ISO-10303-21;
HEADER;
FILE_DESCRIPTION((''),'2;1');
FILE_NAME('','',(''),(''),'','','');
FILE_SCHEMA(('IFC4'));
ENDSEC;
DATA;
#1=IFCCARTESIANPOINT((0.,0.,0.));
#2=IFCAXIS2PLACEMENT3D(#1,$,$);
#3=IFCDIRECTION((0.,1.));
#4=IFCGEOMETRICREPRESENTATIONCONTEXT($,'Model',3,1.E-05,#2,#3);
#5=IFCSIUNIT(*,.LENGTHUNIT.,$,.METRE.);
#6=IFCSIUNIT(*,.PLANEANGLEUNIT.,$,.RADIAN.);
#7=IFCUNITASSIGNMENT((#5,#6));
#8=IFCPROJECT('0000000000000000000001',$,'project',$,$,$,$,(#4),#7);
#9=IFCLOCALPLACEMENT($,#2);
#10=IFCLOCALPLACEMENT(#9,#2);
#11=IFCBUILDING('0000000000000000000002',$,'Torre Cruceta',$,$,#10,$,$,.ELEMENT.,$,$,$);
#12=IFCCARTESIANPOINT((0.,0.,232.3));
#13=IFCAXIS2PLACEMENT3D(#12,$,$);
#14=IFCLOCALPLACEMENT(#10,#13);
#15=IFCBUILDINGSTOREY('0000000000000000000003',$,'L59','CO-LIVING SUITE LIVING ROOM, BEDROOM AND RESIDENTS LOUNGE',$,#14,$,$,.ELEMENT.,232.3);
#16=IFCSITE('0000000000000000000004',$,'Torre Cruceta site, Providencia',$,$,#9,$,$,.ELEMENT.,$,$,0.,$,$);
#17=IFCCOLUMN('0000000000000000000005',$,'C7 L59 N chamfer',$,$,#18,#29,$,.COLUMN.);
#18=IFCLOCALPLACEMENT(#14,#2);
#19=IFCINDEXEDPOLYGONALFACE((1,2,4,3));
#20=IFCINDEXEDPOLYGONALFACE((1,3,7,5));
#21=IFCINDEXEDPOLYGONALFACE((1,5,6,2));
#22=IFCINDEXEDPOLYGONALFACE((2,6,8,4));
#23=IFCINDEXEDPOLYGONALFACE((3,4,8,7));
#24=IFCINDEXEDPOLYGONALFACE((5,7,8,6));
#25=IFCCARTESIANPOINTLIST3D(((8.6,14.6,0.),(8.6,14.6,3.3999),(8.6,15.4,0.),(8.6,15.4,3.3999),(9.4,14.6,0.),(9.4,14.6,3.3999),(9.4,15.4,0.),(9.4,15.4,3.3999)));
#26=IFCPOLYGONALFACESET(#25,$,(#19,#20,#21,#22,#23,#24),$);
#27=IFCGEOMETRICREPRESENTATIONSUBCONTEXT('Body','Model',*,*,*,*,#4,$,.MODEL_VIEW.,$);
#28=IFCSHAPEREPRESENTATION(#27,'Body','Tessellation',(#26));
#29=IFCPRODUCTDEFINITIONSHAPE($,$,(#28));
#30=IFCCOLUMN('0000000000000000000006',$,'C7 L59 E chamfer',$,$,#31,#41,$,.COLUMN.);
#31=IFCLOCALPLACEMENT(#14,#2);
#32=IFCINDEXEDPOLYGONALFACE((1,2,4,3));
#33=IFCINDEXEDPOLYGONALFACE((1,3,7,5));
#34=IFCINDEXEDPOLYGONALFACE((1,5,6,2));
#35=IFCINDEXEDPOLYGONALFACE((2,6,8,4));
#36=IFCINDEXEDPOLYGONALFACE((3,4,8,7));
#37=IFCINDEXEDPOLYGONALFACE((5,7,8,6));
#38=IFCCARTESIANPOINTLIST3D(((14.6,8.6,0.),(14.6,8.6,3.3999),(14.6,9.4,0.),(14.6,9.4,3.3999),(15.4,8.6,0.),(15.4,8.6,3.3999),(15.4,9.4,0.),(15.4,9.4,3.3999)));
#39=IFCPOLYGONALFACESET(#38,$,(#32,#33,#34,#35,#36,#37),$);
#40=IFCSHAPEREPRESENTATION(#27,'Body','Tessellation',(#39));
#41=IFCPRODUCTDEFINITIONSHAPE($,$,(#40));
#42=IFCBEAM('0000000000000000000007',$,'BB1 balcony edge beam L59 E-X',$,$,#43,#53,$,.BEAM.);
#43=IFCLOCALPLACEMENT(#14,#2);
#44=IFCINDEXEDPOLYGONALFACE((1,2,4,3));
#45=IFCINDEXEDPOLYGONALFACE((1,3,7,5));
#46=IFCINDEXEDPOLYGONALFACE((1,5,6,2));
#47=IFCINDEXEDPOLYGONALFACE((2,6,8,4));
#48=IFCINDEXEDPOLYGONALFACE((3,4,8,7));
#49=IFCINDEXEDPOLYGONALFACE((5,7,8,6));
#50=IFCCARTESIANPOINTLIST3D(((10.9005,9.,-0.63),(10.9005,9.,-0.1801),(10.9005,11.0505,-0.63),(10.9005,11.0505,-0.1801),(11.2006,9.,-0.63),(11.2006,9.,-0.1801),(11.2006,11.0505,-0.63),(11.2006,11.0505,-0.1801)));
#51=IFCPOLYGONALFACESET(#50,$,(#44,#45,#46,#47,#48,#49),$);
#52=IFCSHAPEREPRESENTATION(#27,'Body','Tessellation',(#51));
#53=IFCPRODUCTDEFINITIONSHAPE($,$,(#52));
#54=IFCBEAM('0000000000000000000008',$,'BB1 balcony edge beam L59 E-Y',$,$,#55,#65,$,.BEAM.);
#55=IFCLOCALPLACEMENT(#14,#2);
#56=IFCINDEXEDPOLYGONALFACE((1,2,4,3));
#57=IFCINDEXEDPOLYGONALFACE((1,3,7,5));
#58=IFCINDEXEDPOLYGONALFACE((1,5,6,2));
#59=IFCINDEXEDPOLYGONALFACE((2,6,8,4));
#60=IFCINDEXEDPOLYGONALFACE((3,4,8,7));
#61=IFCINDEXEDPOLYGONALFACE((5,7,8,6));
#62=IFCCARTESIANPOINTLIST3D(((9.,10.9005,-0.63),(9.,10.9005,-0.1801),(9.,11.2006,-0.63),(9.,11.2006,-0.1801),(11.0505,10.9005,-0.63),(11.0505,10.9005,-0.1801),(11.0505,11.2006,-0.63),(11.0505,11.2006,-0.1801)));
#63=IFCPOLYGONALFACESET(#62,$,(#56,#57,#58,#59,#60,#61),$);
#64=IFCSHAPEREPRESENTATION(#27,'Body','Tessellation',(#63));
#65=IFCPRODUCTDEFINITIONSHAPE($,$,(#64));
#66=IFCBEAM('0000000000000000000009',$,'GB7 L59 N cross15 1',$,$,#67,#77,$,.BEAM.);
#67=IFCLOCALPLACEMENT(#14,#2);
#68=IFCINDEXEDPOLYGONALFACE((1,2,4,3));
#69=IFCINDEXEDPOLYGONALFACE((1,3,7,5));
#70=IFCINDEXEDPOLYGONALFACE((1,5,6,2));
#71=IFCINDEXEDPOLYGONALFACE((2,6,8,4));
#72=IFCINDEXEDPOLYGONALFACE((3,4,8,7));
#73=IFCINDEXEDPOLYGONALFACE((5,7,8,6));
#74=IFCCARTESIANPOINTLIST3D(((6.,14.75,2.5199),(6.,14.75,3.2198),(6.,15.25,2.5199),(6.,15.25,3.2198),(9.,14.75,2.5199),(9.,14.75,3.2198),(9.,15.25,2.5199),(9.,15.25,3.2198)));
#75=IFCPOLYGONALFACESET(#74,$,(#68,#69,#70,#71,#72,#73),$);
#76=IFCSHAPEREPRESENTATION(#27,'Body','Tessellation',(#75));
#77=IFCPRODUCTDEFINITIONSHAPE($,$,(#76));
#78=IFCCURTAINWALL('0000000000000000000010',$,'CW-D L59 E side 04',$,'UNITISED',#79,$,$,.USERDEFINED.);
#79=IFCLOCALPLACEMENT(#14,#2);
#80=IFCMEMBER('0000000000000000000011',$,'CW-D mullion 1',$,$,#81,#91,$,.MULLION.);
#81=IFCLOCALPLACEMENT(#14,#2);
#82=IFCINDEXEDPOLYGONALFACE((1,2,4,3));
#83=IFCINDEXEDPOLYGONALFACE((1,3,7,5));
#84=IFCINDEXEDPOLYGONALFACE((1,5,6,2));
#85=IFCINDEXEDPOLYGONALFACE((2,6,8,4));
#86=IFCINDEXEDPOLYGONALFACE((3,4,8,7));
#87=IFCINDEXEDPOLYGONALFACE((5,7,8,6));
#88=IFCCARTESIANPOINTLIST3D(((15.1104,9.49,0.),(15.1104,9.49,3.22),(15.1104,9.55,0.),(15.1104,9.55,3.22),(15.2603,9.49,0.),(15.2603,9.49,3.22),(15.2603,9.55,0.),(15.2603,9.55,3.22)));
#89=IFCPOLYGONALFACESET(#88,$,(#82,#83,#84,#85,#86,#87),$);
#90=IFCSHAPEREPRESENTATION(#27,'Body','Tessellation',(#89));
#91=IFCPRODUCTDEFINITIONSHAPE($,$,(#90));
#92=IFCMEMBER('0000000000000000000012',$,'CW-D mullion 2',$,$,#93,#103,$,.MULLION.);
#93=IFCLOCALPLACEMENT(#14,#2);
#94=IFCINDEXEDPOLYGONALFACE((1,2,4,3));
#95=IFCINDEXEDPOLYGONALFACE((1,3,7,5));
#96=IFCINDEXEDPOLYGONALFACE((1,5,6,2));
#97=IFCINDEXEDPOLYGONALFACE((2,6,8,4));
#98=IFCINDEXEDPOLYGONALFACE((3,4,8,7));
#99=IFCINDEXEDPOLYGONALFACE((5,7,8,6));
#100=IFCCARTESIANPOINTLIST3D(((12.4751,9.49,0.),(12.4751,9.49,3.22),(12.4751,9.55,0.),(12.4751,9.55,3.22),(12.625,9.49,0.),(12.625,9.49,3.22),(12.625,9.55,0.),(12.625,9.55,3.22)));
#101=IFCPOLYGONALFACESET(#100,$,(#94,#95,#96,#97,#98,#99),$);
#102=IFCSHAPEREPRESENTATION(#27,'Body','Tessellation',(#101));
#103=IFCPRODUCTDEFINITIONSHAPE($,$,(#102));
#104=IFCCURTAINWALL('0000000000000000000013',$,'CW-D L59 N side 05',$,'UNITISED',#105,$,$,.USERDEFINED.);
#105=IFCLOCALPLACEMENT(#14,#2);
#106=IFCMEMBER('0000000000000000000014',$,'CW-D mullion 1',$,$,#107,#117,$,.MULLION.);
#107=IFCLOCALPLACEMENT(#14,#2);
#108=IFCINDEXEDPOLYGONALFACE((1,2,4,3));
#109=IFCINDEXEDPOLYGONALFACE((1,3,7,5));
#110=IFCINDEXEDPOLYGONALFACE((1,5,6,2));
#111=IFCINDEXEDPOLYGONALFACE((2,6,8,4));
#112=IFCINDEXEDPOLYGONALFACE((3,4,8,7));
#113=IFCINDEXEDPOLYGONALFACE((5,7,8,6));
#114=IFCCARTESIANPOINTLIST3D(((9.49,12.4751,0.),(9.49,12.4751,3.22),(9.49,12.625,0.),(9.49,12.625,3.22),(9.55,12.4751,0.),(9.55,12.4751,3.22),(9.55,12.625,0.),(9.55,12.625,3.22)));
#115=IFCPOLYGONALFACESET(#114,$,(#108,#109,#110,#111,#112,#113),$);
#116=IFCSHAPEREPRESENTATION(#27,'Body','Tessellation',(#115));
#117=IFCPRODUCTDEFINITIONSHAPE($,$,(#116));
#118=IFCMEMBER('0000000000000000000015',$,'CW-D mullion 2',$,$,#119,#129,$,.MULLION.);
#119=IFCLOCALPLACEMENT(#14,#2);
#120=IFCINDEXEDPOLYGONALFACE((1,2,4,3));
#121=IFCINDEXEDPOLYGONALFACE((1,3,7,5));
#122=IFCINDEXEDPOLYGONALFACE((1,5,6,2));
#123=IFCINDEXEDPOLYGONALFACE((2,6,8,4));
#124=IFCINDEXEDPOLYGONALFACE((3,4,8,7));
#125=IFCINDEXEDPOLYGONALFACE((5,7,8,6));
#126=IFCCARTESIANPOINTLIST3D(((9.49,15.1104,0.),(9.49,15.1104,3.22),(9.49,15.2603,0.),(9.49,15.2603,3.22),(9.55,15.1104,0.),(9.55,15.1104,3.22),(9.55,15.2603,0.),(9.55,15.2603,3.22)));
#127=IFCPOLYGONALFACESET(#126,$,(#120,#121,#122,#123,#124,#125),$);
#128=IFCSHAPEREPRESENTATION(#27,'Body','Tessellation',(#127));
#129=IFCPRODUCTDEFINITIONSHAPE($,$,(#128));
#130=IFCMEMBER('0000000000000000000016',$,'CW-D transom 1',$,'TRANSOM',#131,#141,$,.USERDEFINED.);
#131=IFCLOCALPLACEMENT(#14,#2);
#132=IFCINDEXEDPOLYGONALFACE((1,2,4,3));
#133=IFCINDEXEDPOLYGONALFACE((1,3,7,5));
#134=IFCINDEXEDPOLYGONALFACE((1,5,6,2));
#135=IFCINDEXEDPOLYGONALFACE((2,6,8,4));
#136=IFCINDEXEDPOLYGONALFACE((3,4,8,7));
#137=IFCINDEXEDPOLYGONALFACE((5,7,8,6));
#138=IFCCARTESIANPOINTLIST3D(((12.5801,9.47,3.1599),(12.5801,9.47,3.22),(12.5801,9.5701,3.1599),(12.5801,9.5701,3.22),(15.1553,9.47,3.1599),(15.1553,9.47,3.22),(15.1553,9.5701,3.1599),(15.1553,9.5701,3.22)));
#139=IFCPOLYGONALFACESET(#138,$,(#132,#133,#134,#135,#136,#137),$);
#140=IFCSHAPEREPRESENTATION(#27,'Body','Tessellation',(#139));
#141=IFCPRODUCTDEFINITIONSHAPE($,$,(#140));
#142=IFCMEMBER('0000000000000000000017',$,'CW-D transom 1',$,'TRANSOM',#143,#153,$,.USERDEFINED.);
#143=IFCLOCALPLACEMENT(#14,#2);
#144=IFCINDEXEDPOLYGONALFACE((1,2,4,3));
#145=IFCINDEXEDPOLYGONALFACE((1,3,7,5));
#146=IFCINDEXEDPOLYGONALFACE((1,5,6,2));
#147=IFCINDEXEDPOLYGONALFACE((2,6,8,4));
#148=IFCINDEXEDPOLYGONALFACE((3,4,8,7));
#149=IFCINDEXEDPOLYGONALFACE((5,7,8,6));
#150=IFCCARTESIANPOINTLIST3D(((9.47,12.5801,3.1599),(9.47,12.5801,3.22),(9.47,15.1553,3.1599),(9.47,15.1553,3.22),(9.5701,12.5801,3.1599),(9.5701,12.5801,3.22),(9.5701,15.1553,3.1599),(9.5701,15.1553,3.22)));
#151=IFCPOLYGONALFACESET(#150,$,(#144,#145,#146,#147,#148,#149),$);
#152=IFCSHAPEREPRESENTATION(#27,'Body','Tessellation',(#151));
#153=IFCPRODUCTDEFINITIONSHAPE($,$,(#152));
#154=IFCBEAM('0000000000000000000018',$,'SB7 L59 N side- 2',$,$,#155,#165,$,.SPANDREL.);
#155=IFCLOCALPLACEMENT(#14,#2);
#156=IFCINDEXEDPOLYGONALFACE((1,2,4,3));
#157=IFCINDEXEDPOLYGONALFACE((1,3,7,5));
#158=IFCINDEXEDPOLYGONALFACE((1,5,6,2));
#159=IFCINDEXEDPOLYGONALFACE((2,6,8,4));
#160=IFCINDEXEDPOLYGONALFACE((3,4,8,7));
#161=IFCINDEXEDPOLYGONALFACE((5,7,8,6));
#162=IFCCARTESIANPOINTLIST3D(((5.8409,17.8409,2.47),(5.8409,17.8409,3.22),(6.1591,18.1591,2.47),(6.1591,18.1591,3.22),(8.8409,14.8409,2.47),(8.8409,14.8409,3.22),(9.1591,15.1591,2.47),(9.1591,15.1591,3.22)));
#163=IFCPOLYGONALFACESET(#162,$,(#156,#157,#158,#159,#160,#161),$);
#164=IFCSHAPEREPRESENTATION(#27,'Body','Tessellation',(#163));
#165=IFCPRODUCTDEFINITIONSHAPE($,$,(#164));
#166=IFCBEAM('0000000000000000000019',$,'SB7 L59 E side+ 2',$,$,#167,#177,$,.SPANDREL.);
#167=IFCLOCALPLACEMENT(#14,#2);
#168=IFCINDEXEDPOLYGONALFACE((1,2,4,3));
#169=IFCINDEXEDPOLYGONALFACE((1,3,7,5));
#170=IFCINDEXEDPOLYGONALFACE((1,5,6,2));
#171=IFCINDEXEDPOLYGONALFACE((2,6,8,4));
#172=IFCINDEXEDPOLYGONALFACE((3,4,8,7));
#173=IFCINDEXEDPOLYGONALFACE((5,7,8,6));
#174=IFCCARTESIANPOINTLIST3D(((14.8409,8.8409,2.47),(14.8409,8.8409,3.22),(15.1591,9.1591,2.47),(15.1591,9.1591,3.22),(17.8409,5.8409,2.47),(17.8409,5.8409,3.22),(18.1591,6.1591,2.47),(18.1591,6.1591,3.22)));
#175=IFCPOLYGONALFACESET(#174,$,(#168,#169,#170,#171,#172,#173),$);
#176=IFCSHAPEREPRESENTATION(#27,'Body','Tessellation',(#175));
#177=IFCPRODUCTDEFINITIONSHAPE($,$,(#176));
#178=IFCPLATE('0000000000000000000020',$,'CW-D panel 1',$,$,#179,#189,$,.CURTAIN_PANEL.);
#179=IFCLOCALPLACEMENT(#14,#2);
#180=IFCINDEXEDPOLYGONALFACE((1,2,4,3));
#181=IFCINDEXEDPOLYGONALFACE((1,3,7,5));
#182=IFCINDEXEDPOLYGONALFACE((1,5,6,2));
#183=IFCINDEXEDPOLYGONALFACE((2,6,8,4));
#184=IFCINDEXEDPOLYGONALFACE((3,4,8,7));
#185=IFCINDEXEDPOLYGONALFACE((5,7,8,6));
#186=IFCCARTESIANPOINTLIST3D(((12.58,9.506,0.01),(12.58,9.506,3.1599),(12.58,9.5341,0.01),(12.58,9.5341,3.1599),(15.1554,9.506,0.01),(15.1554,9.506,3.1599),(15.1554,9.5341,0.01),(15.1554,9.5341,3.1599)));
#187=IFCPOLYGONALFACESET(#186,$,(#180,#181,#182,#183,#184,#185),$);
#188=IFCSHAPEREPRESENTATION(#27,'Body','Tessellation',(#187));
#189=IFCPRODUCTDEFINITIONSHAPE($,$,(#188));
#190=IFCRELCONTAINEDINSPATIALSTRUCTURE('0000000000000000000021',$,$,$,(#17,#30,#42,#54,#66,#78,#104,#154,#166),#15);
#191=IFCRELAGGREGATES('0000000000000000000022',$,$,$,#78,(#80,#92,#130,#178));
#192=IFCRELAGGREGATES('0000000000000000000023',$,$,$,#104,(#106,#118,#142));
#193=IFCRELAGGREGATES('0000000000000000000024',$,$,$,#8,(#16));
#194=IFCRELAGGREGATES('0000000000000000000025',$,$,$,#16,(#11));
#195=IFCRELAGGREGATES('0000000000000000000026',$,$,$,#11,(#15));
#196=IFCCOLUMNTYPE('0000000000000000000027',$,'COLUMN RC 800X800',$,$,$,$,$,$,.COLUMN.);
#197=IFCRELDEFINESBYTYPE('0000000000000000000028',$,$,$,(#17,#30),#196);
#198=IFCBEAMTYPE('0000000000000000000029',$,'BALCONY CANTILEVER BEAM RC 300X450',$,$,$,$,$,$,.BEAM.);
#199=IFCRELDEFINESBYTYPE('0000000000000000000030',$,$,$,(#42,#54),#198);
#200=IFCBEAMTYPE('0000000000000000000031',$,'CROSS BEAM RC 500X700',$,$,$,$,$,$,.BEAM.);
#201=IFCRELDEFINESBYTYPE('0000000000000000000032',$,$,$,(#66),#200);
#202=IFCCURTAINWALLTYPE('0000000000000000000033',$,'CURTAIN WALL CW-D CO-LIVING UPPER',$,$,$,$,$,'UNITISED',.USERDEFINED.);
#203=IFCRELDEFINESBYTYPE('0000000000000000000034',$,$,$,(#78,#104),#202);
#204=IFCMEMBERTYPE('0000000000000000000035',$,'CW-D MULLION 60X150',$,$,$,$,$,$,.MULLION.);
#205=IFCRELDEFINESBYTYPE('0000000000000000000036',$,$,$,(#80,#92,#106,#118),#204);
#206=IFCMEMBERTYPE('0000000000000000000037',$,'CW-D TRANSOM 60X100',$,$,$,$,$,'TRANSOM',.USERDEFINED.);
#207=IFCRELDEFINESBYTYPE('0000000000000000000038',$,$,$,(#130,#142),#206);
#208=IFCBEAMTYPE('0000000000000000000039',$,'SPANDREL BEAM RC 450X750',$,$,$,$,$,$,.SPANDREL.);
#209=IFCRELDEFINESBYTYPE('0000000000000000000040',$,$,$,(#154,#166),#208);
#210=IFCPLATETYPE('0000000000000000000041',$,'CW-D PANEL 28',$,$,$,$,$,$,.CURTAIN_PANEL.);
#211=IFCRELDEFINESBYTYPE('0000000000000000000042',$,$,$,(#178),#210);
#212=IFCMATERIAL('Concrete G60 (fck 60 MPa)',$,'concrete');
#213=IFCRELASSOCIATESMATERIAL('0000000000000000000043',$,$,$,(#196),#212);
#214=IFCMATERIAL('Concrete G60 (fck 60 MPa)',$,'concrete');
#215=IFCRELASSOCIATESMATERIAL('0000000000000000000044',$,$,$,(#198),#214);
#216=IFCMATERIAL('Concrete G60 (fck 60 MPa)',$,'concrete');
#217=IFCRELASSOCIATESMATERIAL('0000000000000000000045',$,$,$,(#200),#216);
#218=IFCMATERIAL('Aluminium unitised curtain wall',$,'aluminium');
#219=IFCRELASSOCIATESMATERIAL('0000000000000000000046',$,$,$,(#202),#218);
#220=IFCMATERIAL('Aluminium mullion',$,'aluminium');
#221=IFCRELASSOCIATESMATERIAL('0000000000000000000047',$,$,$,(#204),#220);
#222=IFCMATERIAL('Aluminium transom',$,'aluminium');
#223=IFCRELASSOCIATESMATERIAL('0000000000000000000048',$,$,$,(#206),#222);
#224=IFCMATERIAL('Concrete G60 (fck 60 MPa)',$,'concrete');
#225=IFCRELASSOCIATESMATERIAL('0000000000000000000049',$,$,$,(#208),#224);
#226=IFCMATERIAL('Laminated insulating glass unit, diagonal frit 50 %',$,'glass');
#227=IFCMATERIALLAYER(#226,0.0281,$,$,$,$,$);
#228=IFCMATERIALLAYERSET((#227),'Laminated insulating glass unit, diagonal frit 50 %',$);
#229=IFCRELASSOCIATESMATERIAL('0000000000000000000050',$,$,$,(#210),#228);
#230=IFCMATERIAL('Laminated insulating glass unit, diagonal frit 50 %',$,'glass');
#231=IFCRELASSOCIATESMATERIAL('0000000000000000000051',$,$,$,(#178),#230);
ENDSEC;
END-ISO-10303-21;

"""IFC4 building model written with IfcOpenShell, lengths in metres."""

from ifc_helpers import new_model, si_unit, direction, frame, origin, origin_2d, place, context, subcontext, project, spatial, rectangle, extrude, material, layer, layer_set, material_profile, profile_set, type_object, element, aggregate, save


model = new_model("IFC4")

# Units and contexts
model_context = context("Model", 3, precision=1e-05, world=origin(), true_north=direction((0.0, 1.0)))
body_context = subcontext(model_context, "Body", "Model", "MODEL_VIEW")
ifc_project = project(units=[si_unit("LENGTHUNIT", "METRE"), si_unit("PLANEANGLEUNIT", "RADIAN")], contexts=[model_context])

# Site, building, storey
site_placement = place(None, origin())
site = spatial("IfcSite", under=ifc_project, at=site_placement, Name="Torre Cruceta site, Providencia", CompositionType="ELEMENT", RefElevation=0.0)
building_placement = place(site_placement, origin())
building = spatial("IfcBuilding", under=site, at=building_placement, Name="Torre Cruceta", CompositionType="ELEMENT")
storey_placement = place(building_placement, frame((0.0, 0.0, 232.3)))
storey = spatial("IfcBuildingStorey", under=building, at=storey_placement, Name="L59", Description="CO-LIVING SUITE LIVING ROOM, BEDROOM AND RESIDENTS LOUNGE", CompositionType="ELEMENT", Elevation=232.3)

# Columns
ifc_material_1 = material(Name="Concrete G60 (fck 60 MPa)", Category="concrete")
ifc_material_profile_1 = material_profile(ifc_material_1, rectangle(XDim=0.8, YDim=0.8, at=origin_2d()), Name="RC 800X800")
ifc_profile_set_1 = profile_set([ifc_material_profile_1], Name="Concrete G60 (fck 60 MPa)")
column_type = type_object("IfcColumnType", Name="COLUMN RC 800X800", PredefinedType="COLUMN", material=ifc_profile_set_1)
for number, where, z_axis, x_axis, name in (
    (1, (9.0, 15.0, 0.0), (0.0, 0.0, 1.0), (1.0, 0.0, 0.0), "C7 L59 N chamfer"),
    (2, (15.0, 9.0, 0.0), (0.0, 0.0, 1.0), (1.0, 0.0, 0.0), "C7 L59 E chamfer"),
):
    element("IfcColumn", number, at=place(storey_placement, frame(where, z_axis=z_axis, x_axis=x_axis)), inside=storey, type_object=column_type, Name=name, PredefinedType="COLUMN", context=body_context, shape_type="SweptSolid", body=[
        extrude(rectangle(XDim=0.8, YDim=0.8, at=origin_2d()), origin(), (0.0, 0.0, 1.0), 3.3999),
    ])

# Beams
ifc_material_2 = material(Name="Concrete G60 (fck 60 MPa)", Category="concrete")
ifc_material_profile_2 = material_profile(ifc_material_2, rectangle(XDim=0.3, YDim=0.45, at=origin_2d()), Name="RC 300X450")
ifc_profile_set_2 = profile_set([ifc_material_profile_2], Name="Concrete G60 (fck 60 MPa)")
beam_type_1 = type_object("IfcBeamType", Name="BALCONY CANTILEVER BEAM RC 300X450", PredefinedType="BEAM", material=ifc_profile_set_2)
for number, where, z_axis, x_axis, name in (
    (3, (11.0505, 9.0, -0.405), (0.0, 1.0, 0.0), (-1.0, 0.0, 0.0), "BB1 balcony edge beam L59 E-X"),
    (4, (9.0, 11.0505, -0.405), (1.0, 0.0, 0.0), (0.0, 1.0, 0.0), "BB1 balcony edge beam L59 E-Y"),
):
    element("IfcBeam", number, at=place(storey_placement, frame(where, z_axis=z_axis, x_axis=x_axis)), inside=storey, type_object=beam_type_1, Name=name, PredefinedType="BEAM", context=body_context, shape_type="SweptSolid", body=[
        extrude(rectangle(XDim=0.3, YDim=0.45, at=origin_2d()), origin(), (0.0, 0.0, 1.0), 2.0505),
    ])
ifc_material_3 = material(Name="Concrete G60 (fck 60 MPa)", Category="concrete")
ifc_material_profile_3 = material_profile(ifc_material_3, rectangle(XDim=0.5, YDim=0.7, at=origin_2d()), Name="RC 500X700")
ifc_profile_set_3 = profile_set([ifc_material_profile_3], Name="Concrete G60 (fck 60 MPa)")
beam_type_2 = type_object("IfcBeamType", Name="CROSS BEAM RC 500X700", PredefinedType="BEAM", material=ifc_profile_set_3)
beam_placement = place(storey_placement, frame((9.0, 15.0, 2.8699), z_axis=(-1.0, 0.0, 0.0), x_axis=(0.0, -1.0, 0.0)))
element("IfcBeam", 5, at=beam_placement, inside=storey, type_object=beam_type_2, Name="GB7 L59 N cross15 1", PredefinedType="BEAM", context=body_context, shape_type="SweptSolid", body=[
    extrude(rectangle(XDim=0.5, YDim=0.7, at=origin_2d()), origin(), (0.0, 0.0, 1.0), 3.0),
])

# Curtain walls, members
ifc_material_4 = material(Name="Aluminium unitised curtain wall", Category="aluminium")
curtain_wall_type = type_object("IfcCurtainWallType", Name="CURTAIN WALL CW-D CO-LIVING UPPER", ElementType="UNITISED", PredefinedType="USERDEFINED", material=ifc_material_4)
curtain_wall_1_placement = place(storey_placement, origin())
curtain_wall_1 = element("IfcCurtainWall", 6, at=curtain_wall_1_placement, inside=storey, type_object=curtain_wall_type, Name="CW-D L59 E side 04", ObjectType="UNITISED", PredefinedType="USERDEFINED")
ifc_material_5 = material(Name="Aluminium mullion", Category="aluminium")
ifc_material_profile_4 = material_profile(ifc_material_5, rectangle(XDim=0.0601, YDim=0.1499, at=origin_2d()), Name="AL 60X150")
ifc_profile_set_4 = profile_set([ifc_material_profile_4], Name="Aluminium mullion")
member_type_1 = type_object("IfcMemberType", Name="CW-D MULLION 60X150", PredefinedType="MULLION", material=ifc_profile_set_4)
member_1_placement = place(storey_placement, frame((15.1853, 9.52, 0.0), z_axis=(0.0, 0.0, 1.0), x_axis=(0.0, -1.0, 0.0)))
member_1 = element("IfcMember", 7, at=member_1_placement, type_object=member_type_1, Name="CW-D mullion 1", PredefinedType="MULLION", context=body_context, shape_type="SweptSolid", body=[
    extrude(rectangle(XDim=0.0601, YDim=0.1499, at=origin_2d()), origin(), (0.0, 0.0, 1.0), 3.22),
])
member_2_placement = place(storey_placement, frame((12.55, 9.52, 0.0), z_axis=(0.0, 0.0, 1.0), x_axis=(0.0, -1.0, 0.0)))
member_2 = element("IfcMember", 8, at=member_2_placement, type_object=member_type_1, Name="CW-D mullion 2", PredefinedType="MULLION", context=body_context, shape_type="SweptSolid", body=[
    extrude(rectangle(XDim=0.0601, YDim=0.1499, at=origin_2d()), origin(), (0.0, 0.0, 1.0), 3.22),
])
curtain_wall_2_placement = place(storey_placement, origin())
curtain_wall_2 = element("IfcCurtainWall", 9, at=curtain_wall_2_placement, inside=storey, type_object=curtain_wall_type, Name="CW-D L59 N side 05", ObjectType="UNITISED", PredefinedType="USERDEFINED")
member_3_placement = place(storey_placement, frame((9.52, 12.55, 0.0), z_axis=(0.0, 0.0, 1.0), x_axis=(-1.0, 0.0, 0.0)))
member_3 = element("IfcMember", 10, at=member_3_placement, type_object=member_type_1, Name="CW-D mullion 1", PredefinedType="MULLION", context=body_context, shape_type="SweptSolid", body=[
    extrude(rectangle(XDim=0.0601, YDim=0.1499, at=origin_2d()), origin(), (0.0, 0.0, 1.0), 3.22),
])
member_4_placement = place(storey_placement, frame((9.52, 15.1853, 0.0), z_axis=(0.0, 0.0, 1.0), x_axis=(-1.0, 0.0, 0.0)))
member_4 = element("IfcMember", 11, at=member_4_placement, type_object=member_type_1, Name="CW-D mullion 2", PredefinedType="MULLION", context=body_context, shape_type="SweptSolid", body=[
    extrude(rectangle(XDim=0.0601, YDim=0.1499, at=origin_2d()), origin(), (0.0, 0.0, 1.0), 3.22),
])

# Members
ifc_material_6 = material(Name="Aluminium transom", Category="aluminium")
ifc_material_profile_5 = material_profile(ifc_material_6, rectangle(XDim=0.1001, YDim=0.0601, at=origin_2d()), Name="AL 100X60")
ifc_profile_set_5 = profile_set([ifc_material_profile_5], Name="Aluminium transom")
member_type_2 = type_object("IfcMemberType", Name="CW-D TRANSOM 60X100", ElementType="TRANSOM", PredefinedType="USERDEFINED", material=ifc_profile_set_5)
member_5_placement = place(storey_placement, frame((15.1553, 9.52, 3.1899), z_axis=(-1.0, 0.0, 0.0), x_axis=(0.0, -1.0, 0.0)))
member_5 = element("IfcMember", 12, at=member_5_placement, type_object=member_type_2, Name="CW-D transom 1", ObjectType="TRANSOM", PredefinedType="USERDEFINED", context=body_context, shape_type="SweptSolid", body=[
    extrude(rectangle(XDim=0.1001, YDim=0.0601, at=origin_2d()), origin(), (0.0, 0.0, 1.0), 2.5752),
])
member_6_placement = place(storey_placement, frame((9.52, 12.5801, 3.1899), z_axis=(0.0, 1.0, 0.0), x_axis=(-1.0, 0.0, 0.0)))
member_6 = element("IfcMember", 13, at=member_6_placement, type_object=member_type_2, Name="CW-D transom 1", ObjectType="TRANSOM", PredefinedType="USERDEFINED", context=body_context, shape_type="SweptSolid", body=[
    extrude(rectangle(XDim=0.1001, YDim=0.0601, at=origin_2d()), origin(), (0.0, 0.0, 1.0), 2.5752),
])

# Beams
ifc_material_7 = material(Name="Concrete G60 (fck 60 MPa)", Category="concrete")
ifc_material_profile_6 = material_profile(ifc_material_7, rectangle(XDim=0.45, YDim=0.75, at=origin_2d()), Name="RC 450X750")
ifc_profile_set_6 = profile_set([ifc_material_profile_6], Name="Concrete G60 (fck 60 MPa)")
beam_type_3 = type_object("IfcBeamType", Name="SPANDREL BEAM RC 450X750", PredefinedType="SPANDREL", material=ifc_profile_set_6)
for number, where, z_axis, x_axis, name in (
    (14, (9.0, 15.0, 2.845), (-0.707107, 0.707107, 0.0), (-0.707107, -0.707107, 0.0), "SB7 L59 N side- 2"),
    (15, (15.0, 9.0, 2.845), (0.707107, -0.707107, 0.0), (0.707107, 0.707107, 0.0), "SB7 L59 E side+ 2"),
):
    element("IfcBeam", number, at=place(storey_placement, frame(where, z_axis=z_axis, x_axis=x_axis)), inside=storey, type_object=beam_type_3, Name=name, PredefinedType="SPANDREL", context=body_context, shape_type="SweptSolid", body=[
        extrude(rectangle(XDim=0.45, YDim=0.75, at=origin_2d()), origin(), (0.0, 0.0, 1.0), 4.2427),
    ])

# Plate
ifc_material_8 = material(Name="Laminated insulating glass unit, diagonal frit 50 %", Category="glass")
ifc_material_9 = material(Name="Laminated insulating glass unit, diagonal frit 50 %", Category="glass")
ifc_layer_1 = layer(ifc_material_9, 0.0281)
ifc_layer_set_1 = layer_set([ifc_layer_1], Name="Laminated insulating glass unit, diagonal frit 50 %")
plate_type = type_object("IfcPlateType", Name="CW-D PANEL 28", PredefinedType="CURTAIN_PANEL", material=ifc_layer_set_1)
plate_1_placement = place(storey_placement, frame((13.8677, 9.52, 0.01), z_axis=(0.0, 0.0, 1.0), x_axis=(-1.0, 0.0, 0.0)))
plate_1 = element("IfcPlate", 16, at=plate_1_placement, type_object=plate_type, material=ifc_material_8, Name="CW-D panel 1", PredefinedType="CURTAIN_PANEL", context=body_context, shape_type="SweptSolid", body=[
    extrude(rectangle(XDim=2.5754, YDim=0.0281, at=origin_2d()), origin(), (0.0, 0.0, 1.0), 3.1499),
])
aggregate(curtain_wall_1, [member_1, member_2, member_5, plate_1])
aggregate(curtain_wall_2, [member_3, member_4, member_6])

save(model, "model.ifc")
